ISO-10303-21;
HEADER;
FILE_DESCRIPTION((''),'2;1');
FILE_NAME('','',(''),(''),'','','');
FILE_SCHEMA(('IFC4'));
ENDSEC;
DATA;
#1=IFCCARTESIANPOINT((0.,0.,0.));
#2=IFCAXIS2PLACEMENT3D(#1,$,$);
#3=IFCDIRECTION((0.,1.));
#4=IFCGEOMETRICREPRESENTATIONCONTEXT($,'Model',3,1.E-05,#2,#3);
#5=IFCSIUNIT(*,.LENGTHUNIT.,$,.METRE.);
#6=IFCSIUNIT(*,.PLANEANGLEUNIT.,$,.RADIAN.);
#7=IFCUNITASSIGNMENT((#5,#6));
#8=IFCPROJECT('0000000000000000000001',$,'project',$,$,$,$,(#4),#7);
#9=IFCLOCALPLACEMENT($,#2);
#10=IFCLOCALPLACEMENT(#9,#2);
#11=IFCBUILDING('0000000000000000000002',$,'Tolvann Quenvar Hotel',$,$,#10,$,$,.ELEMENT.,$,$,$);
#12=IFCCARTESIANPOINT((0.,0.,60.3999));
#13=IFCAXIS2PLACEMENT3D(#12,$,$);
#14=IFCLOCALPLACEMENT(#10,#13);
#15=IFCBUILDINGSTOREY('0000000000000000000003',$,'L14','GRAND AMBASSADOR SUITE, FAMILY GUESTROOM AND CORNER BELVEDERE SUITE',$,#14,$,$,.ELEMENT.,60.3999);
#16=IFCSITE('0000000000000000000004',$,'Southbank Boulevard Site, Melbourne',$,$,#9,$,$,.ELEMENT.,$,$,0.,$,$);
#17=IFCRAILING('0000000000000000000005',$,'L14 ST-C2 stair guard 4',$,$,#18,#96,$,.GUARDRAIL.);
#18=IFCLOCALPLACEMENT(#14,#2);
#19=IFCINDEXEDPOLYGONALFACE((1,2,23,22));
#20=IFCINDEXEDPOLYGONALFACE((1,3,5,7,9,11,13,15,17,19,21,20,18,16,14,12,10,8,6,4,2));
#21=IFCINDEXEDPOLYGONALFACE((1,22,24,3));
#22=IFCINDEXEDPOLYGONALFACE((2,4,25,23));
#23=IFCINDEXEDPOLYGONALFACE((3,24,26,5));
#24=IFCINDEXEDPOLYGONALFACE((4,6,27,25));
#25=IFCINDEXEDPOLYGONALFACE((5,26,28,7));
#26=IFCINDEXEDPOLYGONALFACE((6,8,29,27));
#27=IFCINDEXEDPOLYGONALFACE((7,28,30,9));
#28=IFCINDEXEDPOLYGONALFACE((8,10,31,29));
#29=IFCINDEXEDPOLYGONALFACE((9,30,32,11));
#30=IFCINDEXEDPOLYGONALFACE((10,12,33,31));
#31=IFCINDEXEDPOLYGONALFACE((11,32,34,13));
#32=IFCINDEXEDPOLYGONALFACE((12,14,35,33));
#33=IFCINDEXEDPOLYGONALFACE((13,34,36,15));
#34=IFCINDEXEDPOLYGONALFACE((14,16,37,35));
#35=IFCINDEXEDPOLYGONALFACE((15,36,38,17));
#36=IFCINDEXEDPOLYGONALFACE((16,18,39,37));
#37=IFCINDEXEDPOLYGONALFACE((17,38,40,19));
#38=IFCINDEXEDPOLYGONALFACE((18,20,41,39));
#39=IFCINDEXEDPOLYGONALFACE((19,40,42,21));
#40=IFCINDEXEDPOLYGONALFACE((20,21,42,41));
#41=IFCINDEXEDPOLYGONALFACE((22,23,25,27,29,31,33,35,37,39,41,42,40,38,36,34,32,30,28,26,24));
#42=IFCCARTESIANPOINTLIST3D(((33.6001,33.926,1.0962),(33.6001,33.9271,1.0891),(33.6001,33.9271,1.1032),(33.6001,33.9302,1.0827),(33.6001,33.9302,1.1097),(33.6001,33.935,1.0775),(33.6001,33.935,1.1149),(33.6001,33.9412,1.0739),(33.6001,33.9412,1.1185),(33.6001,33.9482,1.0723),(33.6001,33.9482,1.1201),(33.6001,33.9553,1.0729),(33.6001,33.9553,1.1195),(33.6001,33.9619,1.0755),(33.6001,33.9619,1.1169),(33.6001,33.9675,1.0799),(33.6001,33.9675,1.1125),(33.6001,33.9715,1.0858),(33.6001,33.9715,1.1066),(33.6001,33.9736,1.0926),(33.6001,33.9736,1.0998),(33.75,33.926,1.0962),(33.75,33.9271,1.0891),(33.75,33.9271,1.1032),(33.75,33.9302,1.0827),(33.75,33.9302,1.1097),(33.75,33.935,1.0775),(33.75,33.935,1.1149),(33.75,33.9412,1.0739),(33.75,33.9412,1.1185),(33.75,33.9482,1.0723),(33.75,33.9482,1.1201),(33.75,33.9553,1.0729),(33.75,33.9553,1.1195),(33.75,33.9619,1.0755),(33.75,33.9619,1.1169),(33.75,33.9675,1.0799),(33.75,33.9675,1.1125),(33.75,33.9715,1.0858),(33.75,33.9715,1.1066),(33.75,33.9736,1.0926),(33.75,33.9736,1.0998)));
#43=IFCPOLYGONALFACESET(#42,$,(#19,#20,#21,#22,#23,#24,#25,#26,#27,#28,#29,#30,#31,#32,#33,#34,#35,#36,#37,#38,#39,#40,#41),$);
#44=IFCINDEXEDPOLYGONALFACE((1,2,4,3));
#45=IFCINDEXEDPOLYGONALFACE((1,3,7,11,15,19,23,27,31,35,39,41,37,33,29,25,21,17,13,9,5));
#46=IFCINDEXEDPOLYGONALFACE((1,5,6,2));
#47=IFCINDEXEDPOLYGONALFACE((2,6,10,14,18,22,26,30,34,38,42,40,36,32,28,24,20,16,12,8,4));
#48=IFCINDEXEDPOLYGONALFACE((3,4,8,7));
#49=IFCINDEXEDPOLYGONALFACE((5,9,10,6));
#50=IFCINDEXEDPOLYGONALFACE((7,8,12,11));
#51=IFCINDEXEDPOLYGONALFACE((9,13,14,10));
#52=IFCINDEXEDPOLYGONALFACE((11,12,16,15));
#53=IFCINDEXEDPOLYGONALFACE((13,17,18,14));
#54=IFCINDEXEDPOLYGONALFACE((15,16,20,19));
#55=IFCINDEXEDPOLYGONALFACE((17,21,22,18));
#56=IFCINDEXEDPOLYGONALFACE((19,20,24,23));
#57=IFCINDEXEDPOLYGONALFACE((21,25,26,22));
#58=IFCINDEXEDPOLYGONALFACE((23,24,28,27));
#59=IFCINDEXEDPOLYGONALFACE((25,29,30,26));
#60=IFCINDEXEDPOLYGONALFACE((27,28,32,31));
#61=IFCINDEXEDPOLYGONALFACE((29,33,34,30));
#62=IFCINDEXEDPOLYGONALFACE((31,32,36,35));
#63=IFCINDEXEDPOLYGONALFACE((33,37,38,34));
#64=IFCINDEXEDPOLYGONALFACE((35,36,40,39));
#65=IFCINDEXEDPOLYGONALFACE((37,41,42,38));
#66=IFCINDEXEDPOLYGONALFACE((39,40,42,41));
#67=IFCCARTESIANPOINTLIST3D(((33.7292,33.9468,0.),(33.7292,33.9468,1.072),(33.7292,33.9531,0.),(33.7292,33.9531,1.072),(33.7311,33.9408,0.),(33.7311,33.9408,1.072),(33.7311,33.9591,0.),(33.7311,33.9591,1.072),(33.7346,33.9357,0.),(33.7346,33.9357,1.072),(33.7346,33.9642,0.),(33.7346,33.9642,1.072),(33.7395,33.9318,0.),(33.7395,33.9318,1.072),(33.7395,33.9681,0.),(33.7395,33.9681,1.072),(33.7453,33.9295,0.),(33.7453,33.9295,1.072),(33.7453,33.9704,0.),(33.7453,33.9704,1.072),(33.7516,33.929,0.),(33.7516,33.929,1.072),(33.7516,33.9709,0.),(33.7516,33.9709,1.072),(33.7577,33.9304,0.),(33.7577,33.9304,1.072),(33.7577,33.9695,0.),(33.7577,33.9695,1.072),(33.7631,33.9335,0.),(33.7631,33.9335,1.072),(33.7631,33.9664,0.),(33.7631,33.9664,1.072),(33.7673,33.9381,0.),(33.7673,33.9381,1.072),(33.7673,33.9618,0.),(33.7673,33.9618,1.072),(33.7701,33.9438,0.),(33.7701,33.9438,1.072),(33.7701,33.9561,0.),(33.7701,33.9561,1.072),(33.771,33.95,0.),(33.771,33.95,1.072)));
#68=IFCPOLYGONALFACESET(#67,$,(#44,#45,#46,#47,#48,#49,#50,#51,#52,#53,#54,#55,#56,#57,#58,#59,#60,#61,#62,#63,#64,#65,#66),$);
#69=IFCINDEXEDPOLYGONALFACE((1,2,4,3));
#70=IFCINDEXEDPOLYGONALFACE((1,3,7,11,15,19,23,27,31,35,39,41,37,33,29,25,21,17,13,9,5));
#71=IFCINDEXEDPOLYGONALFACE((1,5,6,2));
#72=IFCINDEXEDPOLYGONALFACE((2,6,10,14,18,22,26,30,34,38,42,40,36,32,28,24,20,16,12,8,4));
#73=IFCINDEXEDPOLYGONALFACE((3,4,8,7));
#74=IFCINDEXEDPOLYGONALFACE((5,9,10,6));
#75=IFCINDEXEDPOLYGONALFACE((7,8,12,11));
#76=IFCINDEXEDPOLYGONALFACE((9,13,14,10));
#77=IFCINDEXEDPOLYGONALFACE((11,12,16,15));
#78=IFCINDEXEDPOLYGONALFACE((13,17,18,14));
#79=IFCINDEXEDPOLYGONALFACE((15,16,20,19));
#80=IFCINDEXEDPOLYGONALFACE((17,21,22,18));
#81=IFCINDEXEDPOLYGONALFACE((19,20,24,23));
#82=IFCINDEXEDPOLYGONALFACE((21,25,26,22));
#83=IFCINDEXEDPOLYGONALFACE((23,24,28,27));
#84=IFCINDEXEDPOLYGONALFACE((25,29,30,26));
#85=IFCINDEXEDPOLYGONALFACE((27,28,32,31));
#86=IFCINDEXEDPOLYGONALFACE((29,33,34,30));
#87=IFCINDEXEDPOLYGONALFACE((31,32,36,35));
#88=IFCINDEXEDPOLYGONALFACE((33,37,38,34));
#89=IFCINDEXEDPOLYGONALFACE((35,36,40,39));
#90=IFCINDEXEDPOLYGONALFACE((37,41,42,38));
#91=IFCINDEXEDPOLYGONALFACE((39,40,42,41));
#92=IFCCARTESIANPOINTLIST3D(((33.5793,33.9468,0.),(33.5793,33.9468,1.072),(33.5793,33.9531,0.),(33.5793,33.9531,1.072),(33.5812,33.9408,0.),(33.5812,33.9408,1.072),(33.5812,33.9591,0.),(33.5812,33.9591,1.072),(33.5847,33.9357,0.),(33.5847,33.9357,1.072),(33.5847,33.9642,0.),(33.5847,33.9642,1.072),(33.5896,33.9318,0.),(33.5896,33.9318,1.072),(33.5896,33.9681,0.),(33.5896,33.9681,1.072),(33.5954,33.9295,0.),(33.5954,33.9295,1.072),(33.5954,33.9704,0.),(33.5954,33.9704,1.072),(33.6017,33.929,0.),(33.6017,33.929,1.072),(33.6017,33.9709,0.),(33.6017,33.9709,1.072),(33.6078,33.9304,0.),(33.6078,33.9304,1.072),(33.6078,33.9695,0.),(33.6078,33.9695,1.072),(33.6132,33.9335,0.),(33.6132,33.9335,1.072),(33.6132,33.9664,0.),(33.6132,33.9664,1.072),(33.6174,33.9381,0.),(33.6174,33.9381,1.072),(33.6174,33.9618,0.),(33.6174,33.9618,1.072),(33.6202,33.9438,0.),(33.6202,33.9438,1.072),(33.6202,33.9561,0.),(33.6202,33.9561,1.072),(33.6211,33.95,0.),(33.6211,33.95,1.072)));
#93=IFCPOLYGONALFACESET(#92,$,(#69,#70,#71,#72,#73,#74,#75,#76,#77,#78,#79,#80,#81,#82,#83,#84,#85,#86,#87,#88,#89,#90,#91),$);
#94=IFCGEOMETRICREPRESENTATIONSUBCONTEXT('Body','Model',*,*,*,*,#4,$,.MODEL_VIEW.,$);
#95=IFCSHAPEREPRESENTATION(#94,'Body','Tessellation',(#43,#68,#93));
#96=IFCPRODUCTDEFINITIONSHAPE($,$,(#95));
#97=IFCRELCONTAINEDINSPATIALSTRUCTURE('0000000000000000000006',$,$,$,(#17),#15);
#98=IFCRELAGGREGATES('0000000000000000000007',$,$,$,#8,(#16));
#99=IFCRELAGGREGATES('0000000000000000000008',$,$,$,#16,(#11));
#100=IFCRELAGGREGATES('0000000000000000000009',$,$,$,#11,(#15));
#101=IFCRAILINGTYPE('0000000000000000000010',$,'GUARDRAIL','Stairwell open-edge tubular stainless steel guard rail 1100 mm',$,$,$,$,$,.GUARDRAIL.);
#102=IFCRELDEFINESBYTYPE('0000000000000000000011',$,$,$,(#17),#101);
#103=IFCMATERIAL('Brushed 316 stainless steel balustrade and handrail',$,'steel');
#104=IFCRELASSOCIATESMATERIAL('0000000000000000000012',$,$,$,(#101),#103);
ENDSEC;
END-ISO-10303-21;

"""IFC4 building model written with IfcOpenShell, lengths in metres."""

from ifc_helpers import new_model, si_unit, direction, frame, origin, origin_2d, place, context, subcontext, project, spatial, circle, extrude, material, type_object, element, save


model = new_model("IFC4")

# Units and contexts
model_context = context("Model", 3, precision=1e-05, world=origin(), true_north=direction((0.0, 1.0)))
body_context = subcontext(model_context, "Body", "Model", "MODEL_VIEW")
ifc_project = project(units=[si_unit("LENGTHUNIT", "METRE"), si_unit("PLANEANGLEUNIT", "RADIAN")], contexts=[model_context])

# Site, building, storey
site_placement = place(None, origin())
site = spatial("IfcSite", under=ifc_project, at=site_placement, Name="Southbank Boulevard Site, Melbourne", CompositionType="ELEMENT", RefElevation=0.0)
building_placement = place(site_placement, origin())
building = spatial("IfcBuilding", under=site, at=building_placement, Name="Tolvann Quenvar Hotel", CompositionType="ELEMENT")
storey_placement = place(building_placement, frame((0.0, 0.0, 60.3999)))
storey = spatial("IfcBuildingStorey", under=building, at=storey_placement, Name="L14", Description="GRAND AMBASSADOR SUITE, FAMILY GUESTROOM AND CORNER BELVEDERE SUITE", CompositionType="ELEMENT", Elevation=60.3999)

# Railing
ifc_material_1 = material(Name="Brushed 316 stainless steel balustrade and handrail", Category="steel")
railing_type_1 = type_object("IfcRailingType", Name="GUARDRAIL", Description="Stairwell open-edge tubular stainless steel guard rail 1100 mm", PredefinedType="GUARDRAIL", material=ifc_material_1)
railing_1_placement = place(storey_placement, frame((33.75, 33.95, 0.0)))
element("IfcRailing", 1, at=railing_1_placement, inside=storey, type_object=railing_type_1, Name="L14 ST-C2 stair guard 4", PredefinedType="GUARDRAIL", context=body_context, shape_type="SweptSolid", body=[
    extrude(circle(Radius=0.0239, at=origin_2d()), frame((0.0, 0.0, 1.0962), z_axis=(-1.0, 0.0, 0.0), x_axis=(0.0, -1.0, 0.0)), (0.0, 0.0, 1.0), 0.1499),
    extrude(circle(Radius=0.021, at=origin_2d()), origin(), (0.0, 0.0, 1.0), 1.072),
    extrude(circle(Radius=0.021, at=origin_2d()), frame((-0.1499, 0.0, 0.0)), (0.0, 0.0, 1.0), 1.072),
])

save(model, "model.ifc")
